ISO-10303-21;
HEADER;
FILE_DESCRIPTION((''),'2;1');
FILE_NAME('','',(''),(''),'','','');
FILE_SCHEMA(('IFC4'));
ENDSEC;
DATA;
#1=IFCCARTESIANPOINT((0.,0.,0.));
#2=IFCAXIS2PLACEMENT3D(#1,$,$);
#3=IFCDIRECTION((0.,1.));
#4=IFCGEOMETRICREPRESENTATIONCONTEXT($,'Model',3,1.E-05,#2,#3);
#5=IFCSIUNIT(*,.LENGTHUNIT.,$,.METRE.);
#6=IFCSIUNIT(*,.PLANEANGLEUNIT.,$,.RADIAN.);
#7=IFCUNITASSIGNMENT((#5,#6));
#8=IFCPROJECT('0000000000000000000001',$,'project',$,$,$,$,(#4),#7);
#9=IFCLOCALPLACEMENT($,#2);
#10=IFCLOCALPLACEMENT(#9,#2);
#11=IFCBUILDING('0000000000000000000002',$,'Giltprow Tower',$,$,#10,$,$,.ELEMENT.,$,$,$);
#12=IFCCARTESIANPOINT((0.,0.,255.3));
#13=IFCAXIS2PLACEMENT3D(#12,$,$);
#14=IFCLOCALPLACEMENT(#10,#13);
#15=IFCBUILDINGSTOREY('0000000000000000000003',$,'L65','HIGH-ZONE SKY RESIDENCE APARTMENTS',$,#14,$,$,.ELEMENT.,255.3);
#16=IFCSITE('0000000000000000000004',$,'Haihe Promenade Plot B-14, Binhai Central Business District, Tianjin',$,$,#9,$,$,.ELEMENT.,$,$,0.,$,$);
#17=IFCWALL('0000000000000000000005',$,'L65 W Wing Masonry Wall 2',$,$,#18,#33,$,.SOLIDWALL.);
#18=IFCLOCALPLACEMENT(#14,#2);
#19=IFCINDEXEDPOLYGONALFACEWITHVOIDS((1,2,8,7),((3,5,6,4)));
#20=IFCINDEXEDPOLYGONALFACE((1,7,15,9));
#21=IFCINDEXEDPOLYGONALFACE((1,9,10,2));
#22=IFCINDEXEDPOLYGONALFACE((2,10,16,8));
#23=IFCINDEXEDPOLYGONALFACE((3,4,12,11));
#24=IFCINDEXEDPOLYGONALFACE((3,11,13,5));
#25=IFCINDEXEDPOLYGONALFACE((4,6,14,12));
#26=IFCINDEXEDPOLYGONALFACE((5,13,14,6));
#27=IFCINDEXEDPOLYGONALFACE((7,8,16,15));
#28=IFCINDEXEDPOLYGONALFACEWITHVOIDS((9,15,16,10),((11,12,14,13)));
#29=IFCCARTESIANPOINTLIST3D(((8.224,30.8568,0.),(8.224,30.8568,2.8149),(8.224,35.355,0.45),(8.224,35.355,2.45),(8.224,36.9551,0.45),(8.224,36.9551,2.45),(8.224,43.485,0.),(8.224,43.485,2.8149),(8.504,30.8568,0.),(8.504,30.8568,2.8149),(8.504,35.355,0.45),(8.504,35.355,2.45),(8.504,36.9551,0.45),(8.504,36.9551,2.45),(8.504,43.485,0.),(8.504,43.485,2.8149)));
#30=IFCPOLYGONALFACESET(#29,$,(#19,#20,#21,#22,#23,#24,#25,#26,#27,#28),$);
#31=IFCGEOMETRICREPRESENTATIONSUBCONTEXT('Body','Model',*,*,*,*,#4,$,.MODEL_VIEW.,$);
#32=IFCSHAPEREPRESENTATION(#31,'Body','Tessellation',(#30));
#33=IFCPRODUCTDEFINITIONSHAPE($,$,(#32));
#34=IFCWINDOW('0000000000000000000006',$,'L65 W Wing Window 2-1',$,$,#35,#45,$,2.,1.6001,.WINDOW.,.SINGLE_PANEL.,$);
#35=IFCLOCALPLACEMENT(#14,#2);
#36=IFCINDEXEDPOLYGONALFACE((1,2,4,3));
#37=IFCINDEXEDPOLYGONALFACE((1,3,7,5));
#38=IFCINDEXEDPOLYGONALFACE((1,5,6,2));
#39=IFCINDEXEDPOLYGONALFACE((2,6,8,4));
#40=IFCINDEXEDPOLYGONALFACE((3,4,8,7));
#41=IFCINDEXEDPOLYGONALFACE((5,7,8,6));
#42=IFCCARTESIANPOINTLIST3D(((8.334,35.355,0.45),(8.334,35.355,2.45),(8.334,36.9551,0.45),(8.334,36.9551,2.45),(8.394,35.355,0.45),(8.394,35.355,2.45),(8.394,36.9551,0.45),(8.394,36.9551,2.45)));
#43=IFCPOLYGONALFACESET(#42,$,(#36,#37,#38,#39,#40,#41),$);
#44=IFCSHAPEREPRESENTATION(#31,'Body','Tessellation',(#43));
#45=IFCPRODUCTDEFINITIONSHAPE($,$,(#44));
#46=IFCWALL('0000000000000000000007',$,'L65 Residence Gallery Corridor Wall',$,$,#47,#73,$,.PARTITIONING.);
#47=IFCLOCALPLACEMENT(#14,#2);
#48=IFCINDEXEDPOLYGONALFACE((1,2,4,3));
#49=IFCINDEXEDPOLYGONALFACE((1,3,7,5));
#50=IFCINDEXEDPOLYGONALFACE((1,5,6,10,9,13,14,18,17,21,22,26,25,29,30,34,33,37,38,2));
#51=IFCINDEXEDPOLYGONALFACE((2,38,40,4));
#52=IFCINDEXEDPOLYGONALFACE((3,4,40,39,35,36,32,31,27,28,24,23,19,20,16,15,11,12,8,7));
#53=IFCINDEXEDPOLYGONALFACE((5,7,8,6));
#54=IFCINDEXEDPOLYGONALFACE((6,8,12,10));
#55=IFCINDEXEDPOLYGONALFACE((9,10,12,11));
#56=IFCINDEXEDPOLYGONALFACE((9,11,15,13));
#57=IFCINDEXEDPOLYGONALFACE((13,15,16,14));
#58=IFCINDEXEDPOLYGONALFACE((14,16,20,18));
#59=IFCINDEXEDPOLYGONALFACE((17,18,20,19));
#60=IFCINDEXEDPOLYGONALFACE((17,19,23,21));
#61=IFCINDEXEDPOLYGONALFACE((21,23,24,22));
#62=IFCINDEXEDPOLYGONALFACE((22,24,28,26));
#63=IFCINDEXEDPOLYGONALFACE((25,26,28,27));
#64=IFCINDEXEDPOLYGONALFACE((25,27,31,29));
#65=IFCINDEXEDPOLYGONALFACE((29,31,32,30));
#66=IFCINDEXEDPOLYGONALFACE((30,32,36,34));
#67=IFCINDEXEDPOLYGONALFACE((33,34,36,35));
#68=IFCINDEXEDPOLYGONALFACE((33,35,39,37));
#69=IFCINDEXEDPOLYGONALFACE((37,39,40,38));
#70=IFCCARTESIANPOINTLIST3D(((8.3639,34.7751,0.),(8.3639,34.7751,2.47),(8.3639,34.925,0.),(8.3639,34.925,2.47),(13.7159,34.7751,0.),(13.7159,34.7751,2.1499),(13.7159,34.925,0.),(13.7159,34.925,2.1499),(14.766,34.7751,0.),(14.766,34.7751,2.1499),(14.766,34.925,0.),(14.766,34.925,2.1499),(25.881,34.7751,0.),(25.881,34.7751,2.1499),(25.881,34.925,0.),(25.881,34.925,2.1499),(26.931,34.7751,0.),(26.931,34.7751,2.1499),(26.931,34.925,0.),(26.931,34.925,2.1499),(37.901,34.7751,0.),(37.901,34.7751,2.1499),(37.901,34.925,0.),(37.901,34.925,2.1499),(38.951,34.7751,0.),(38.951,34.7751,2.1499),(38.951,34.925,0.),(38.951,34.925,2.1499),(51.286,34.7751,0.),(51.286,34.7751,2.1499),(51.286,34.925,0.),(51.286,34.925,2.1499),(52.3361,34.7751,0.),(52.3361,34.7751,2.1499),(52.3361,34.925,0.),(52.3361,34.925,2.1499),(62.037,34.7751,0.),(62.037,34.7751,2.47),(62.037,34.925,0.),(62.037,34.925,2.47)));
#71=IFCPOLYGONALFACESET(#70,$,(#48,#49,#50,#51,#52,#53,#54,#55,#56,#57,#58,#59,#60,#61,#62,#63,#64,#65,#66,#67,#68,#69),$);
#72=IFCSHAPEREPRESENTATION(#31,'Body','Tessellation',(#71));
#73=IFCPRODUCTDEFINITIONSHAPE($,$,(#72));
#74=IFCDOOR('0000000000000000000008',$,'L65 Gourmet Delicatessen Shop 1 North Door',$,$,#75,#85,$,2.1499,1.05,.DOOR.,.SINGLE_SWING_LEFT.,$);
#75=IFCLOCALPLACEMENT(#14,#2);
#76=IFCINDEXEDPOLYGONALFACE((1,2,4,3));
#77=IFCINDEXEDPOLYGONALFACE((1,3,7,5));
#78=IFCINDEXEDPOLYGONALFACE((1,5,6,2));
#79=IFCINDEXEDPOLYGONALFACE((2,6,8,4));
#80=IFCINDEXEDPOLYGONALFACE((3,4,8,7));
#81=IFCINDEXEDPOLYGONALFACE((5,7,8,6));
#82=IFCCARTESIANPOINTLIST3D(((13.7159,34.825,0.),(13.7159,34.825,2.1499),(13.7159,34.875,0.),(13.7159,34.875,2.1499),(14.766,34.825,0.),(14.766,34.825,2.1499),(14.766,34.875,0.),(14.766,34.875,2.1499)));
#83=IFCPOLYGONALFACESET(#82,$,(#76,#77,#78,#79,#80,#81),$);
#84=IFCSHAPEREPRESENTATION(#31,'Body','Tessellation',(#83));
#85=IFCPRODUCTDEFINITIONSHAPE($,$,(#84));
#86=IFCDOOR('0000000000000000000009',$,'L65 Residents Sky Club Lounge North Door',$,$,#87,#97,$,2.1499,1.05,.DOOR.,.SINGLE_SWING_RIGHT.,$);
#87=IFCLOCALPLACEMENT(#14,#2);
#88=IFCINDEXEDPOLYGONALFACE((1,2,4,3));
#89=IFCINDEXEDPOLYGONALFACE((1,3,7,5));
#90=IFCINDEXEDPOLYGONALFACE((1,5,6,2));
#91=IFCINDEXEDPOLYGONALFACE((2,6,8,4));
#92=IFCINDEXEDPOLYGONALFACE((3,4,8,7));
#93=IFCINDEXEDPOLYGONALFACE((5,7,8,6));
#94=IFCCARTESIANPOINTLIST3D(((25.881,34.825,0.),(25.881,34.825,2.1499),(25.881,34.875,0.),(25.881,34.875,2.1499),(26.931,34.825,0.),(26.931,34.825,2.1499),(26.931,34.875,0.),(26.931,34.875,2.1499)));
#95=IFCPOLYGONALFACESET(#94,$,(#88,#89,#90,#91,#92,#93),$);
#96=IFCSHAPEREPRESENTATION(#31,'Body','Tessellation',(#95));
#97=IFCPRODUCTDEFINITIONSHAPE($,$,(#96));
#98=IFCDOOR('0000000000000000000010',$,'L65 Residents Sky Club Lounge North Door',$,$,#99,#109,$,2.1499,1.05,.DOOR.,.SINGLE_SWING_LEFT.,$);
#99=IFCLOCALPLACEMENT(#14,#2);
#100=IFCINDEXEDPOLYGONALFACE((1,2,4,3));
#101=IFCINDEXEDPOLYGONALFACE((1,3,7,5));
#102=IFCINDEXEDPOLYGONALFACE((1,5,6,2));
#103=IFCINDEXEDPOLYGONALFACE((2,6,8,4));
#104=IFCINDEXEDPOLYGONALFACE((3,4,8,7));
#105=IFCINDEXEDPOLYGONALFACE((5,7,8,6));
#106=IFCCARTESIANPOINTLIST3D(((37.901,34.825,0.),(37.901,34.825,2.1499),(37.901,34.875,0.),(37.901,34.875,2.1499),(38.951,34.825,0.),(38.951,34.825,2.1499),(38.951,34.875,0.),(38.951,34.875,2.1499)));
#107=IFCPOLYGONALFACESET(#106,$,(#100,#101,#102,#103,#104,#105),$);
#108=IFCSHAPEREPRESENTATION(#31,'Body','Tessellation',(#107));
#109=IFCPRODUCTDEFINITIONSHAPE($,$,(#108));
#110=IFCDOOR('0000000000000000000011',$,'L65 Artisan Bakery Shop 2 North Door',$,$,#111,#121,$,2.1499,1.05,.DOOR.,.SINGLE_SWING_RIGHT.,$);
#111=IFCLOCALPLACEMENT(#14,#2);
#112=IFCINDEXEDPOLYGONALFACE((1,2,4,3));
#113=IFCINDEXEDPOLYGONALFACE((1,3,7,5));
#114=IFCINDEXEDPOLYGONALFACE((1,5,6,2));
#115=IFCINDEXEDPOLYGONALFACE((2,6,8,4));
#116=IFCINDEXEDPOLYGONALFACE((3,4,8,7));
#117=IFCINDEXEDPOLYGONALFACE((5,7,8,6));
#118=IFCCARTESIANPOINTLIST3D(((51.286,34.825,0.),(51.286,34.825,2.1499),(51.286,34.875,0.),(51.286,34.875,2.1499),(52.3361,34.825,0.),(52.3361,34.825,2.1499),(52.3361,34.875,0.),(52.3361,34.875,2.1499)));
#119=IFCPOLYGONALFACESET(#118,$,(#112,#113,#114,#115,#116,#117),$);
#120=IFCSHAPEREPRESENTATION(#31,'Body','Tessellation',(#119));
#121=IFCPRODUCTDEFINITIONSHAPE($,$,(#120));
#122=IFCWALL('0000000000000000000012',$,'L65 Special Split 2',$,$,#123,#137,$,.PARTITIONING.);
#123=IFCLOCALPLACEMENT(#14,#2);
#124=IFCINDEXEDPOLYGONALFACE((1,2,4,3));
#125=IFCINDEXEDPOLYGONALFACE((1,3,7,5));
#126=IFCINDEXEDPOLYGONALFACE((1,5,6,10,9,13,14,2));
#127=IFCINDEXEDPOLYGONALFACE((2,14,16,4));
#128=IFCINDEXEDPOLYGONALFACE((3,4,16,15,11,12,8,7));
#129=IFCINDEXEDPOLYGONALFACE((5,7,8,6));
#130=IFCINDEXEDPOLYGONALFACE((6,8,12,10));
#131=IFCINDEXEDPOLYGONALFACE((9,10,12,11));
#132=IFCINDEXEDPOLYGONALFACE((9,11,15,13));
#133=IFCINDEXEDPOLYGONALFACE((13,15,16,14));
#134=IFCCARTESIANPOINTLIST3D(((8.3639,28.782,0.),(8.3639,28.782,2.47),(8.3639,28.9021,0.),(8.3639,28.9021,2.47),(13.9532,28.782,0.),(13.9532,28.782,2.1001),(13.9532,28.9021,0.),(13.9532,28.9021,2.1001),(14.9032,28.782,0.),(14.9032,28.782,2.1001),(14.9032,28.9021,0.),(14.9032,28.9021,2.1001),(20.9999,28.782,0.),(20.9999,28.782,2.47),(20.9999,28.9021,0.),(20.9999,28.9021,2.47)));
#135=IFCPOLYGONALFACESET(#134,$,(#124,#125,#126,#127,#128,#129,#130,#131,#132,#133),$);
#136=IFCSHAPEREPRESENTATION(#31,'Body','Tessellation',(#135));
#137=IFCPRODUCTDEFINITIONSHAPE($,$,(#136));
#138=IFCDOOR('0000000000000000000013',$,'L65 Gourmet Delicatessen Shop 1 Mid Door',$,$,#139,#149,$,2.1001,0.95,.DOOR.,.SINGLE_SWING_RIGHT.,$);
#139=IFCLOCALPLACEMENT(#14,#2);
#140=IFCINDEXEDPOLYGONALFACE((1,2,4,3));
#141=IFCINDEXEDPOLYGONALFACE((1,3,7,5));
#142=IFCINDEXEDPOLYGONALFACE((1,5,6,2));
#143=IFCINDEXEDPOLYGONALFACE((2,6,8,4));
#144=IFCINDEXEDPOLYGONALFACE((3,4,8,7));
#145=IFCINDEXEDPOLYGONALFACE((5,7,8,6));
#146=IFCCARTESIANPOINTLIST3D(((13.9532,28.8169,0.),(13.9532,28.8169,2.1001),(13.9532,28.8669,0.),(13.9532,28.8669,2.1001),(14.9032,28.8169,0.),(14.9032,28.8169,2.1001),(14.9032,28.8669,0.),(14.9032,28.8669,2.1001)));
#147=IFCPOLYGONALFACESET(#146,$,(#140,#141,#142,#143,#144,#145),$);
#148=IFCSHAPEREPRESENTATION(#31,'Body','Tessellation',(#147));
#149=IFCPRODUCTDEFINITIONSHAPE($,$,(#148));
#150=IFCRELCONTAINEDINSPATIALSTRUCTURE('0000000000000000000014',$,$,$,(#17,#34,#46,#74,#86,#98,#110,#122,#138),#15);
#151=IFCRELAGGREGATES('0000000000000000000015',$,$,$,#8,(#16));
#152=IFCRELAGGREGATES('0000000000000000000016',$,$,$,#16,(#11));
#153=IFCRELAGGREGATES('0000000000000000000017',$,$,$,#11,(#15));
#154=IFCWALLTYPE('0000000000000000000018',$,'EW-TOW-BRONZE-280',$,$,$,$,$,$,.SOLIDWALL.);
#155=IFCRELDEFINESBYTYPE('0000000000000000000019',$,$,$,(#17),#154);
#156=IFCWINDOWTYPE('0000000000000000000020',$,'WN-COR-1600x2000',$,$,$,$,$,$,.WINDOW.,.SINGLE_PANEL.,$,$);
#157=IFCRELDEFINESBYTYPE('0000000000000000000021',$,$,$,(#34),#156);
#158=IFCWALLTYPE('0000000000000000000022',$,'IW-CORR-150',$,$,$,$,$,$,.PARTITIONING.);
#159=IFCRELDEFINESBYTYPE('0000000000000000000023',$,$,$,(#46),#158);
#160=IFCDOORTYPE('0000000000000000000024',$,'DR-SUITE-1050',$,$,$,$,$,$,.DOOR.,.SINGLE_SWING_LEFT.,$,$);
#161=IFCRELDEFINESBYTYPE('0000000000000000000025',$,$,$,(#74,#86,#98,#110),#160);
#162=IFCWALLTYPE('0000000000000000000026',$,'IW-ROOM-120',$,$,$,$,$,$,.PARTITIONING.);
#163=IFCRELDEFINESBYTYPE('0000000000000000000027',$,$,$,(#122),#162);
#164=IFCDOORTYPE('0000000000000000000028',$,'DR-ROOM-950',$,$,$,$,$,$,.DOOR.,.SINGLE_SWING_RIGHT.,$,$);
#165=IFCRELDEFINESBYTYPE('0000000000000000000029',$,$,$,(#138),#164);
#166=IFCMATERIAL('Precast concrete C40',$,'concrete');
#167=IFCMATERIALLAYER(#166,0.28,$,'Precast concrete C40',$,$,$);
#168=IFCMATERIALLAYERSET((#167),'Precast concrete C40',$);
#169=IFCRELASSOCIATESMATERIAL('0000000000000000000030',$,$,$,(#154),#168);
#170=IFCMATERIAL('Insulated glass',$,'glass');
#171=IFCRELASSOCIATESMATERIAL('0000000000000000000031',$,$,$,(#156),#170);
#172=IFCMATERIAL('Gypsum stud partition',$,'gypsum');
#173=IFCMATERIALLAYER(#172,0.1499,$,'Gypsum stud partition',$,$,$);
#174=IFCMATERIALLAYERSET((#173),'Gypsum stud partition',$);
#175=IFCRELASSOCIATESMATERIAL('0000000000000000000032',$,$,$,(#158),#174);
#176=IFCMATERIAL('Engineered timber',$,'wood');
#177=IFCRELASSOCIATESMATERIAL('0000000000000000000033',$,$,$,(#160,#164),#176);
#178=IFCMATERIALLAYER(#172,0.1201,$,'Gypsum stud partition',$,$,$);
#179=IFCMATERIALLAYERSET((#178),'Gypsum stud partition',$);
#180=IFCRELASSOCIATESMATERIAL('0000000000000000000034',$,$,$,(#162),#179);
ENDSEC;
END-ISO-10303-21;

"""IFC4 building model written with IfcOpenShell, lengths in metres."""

from ifc_helpers import new_model, si_unit, direction, frame, frame_2d, origin, place, context, subcontext, project, spatial, rectangle, extrude, source, transform, mapped, material, layer, layer_set, type_object, element, fill, save


model = new_model("IFC4")

# Units and contexts
model_context = context("Model", 3, precision=1e-05, world=origin(), true_north=direction((0.0, 1.0)))
body_context = subcontext(model_context, "Body", "Model", "MODEL_VIEW")
ifc_project = project(units=[si_unit("LENGTHUNIT", "METRE"), si_unit("PLANEANGLEUNIT", "RADIAN")], contexts=[model_context])

# Site, building, storey
site_placement = place(None, origin())
site = spatial("IfcSite", under=ifc_project, at=site_placement, Name="Haihe Promenade Plot B-14, Binhai Central Business District, Tianjin", CompositionType="ELEMENT", RefElevation=0.0)
building_placement = place(site_placement, origin())
building = spatial("IfcBuilding", under=site, at=building_placement, Name="Giltprow Tower", CompositionType="ELEMENT")
storey_placement = place(building_placement, frame((0.0, 0.0, 255.3)))
storey = spatial("IfcBuildingStorey", under=building, at=storey_placement, Name="L65", Description="HIGH-ZONE SKY RESIDENCE APARTMENTS", CompositionType="ELEMENT", Elevation=255.3)

# Wall, opening, window
ifc_material_1 = material(Name="Precast concrete C40", Category="concrete")
ifc_layer_1 = layer(ifc_material_1, 0.28, Name="Precast concrete C40")
ifc_layer_set_1 = layer_set([ifc_layer_1], Name="Precast concrete C40")
wall_type_1 = type_object("IfcWallType", Name="EW-TOW-BRONZE-280", PredefinedType="SOLIDWALL", material=ifc_layer_set_1)
wall_1_placement = place(storey_placement, frame((8.364, 30.8569, 0.0), z_axis=(0.0, 0.0, 1.0), x_axis=(0.0, 1.0, 0.0)))
wall_1 = element("IfcWall", 1, at=wall_1_placement, inside=storey, type_object=wall_type_1, Name="L65 W Wing Masonry Wall 2", PredefinedType="SOLIDWALL", context=body_context, shape_type="SweptSolid", body=[
    extrude(rectangle(XDim=12.6282, YDim=0.28, at=frame_2d((6.314, 0.0))), origin(), (0.0, 0.0, 1.0), 2.8149),
])
opening_1_placement = place(wall_1_placement, frame((4.498, 0.0, 0.45)))
opening_1 = element("IfcOpeningElement", 2, at=opening_1_placement, cuts=wall_1, PredefinedType="OPENING", context=body_context, shape_type="SweptSolid", body=[
    extrude(rectangle(XDim=1.6001, YDim=2.0, at=frame_2d((0.8, 1.0))), frame((0.0, 0.1499, 0.0), z_axis=(0.0, -1.0, 0.0), x_axis=(1.0, 0.0, 0.0)), (0.0, 0.0, 1.0), 0.3),
])
ifc_material_2 = material(Name="Insulated glass", Category="glass")
window_type = type_object("IfcWindowType", Name="WN-COR-1600x2000", PartitioningType="SINGLE_PANEL", PredefinedType="WINDOW", material=ifc_material_2)
shared_shape_1 = source(origin(), body_context, "Body", "SweptSolid", [
    extrude(rectangle(XDim=1.6001, YDim=2.0, at=frame_2d((0.8, 1.0))), frame((0.0, 0.03, 0.0), z_axis=(0.0, -1.0, 0.0), x_axis=(1.0, 0.0, 0.0)), (0.0, 0.0, 1.0), 0.0601),
])
window_placement = place(opening_1_placement, origin())
window = element("IfcWindow", 3, at=window_placement, inside=storey, type_object=window_type, Name="L65 W Wing Window 2-1", OverallHeight=2.0, OverallWidth=1.6001, PartitioningType="SINGLE_PANEL", PredefinedType="WINDOW", context=body_context, shape_type="MappedRepresentation", body=[
    mapped(shared_shape_1, transform((0.0, 0.0, 0.0), x_axis=(1.0, 0.0, 0.0), y_axis=(0.0, 1.0, 0.0), z_axis=(0.0, 0.0, 1.0), scale=1.0)),
])
fill(opening_1, window)

# Wall, openings, doors
ifc_material_3 = material(Name="Gypsum stud partition", Category="gypsum")
ifc_layer_2 = layer(ifc_material_3, 0.1499, Name="Gypsum stud partition")
ifc_layer_set_2 = layer_set([ifc_layer_2], Name="Gypsum stud partition")
wall_type_2 = type_object("IfcWallType", Name="IW-CORR-150", PredefinedType="PARTITIONING", material=ifc_layer_set_2)
wall_2_placement = place(storey_placement, frame((8.364, 34.8501, 0.0), z_axis=(0.0, 0.0, 1.0), x_axis=(1.0, 0.0, 0.0)))
wall_2 = element("IfcWall", 4, at=wall_2_placement, inside=storey, type_object=wall_type_2, Name="L65 Residence Gallery Corridor Wall", PredefinedType="PARTITIONING", context=body_context, shape_type="SweptSolid", body=[
    extrude(rectangle(XDim=53.6731, YDim=0.1499, at=frame_2d((26.8364, 0.0))), origin(), (0.0, 0.0, 1.0), 2.47),
])
opening_2_placement = place(wall_2_placement, frame((5.3521, 0.0, 0.0)))
opening_2 = element("IfcOpeningElement", 5, at=opening_2_placement, cuts=wall_2, PredefinedType="OPENING", context=body_context, shape_type="SweptSolid", body=[
    extrude(rectangle(XDim=1.05, YDim=2.1499, at=frame_2d((0.5249, 1.075))), frame((0.0, 0.085, 0.0), z_axis=(0.0, -1.0, 0.0), x_axis=(1.0, 0.0, 0.0)), (0.0, 0.0, 1.0), 0.1699),
])
opening_3_placement = place(wall_2_placement, frame((17.5171, 0.0, 0.0)))
opening_3 = element("IfcOpeningElement", 6, at=opening_3_placement, cuts=wall_2, PredefinedType="OPENING", context=body_context, shape_type="SweptSolid", body=[
    extrude(rectangle(XDim=1.05, YDim=2.1499, at=frame_2d((0.5249, 1.075))), frame((0.0, 0.085, 0.0), z_axis=(0.0, -1.0, 0.0), x_axis=(1.0, 0.0, 0.0)), (0.0, 0.0, 1.0), 0.1699),
])
opening_4_placement = place(wall_2_placement, frame((29.5371, 0.0, 0.0)))
opening_4 = element("IfcOpeningElement", 7, at=opening_4_placement, cuts=wall_2, PredefinedType="OPENING", context=body_context, shape_type="SweptSolid", body=[
    extrude(rectangle(XDim=1.05, YDim=2.1499, at=frame_2d((0.5249, 1.075))), frame((0.0, 0.085, 0.0), z_axis=(0.0, -1.0, 0.0), x_axis=(1.0, 0.0, 0.0)), (0.0, 0.0, 1.0), 0.1699),
])
opening_5_placement = place(wall_2_placement, frame((42.9221, 0.0, 0.0)))
opening_5 = element("IfcOpeningElement", 8, at=opening_5_placement, cuts=wall_2, PredefinedType="OPENING", context=body_context, shape_type="SweptSolid", body=[
    extrude(rectangle(XDim=1.05, YDim=2.1499, at=frame_2d((0.5249, 1.075))), frame((0.0, 0.085, 0.0), z_axis=(0.0, -1.0, 0.0), x_axis=(1.0, 0.0, 0.0)), (0.0, 0.0, 1.0), 0.1699),
])
ifc_material_4 = material(Name="Engineered timber", Category="wood")
door_type_1 = type_object("IfcDoorType", Name="DR-SUITE-1050", OperationType="SINGLE_SWING_LEFT", PredefinedType="DOOR", material=ifc_material_4)
shared_shape_2 = source(origin(), body_context, "Body", "SweptSolid", [
    extrude(rectangle(XDim=1.05, YDim=2.1499, at=frame_2d((0.5249, 1.075))), frame((0.0, 0.0249, 0.0), z_axis=(0.0, -1.0, 0.0), x_axis=(1.0, 0.0, 0.0)), (0.0, 0.0, 1.0), 0.05),
])
door_1_placement = place(opening_2_placement, origin())
door_1 = element("IfcDoor", 9, at=door_1_placement, inside=storey, type_object=door_type_1, Name="L65 Gourmet Delicatessen Shop 1 North Door", OperationType="SINGLE_SWING_LEFT", OverallHeight=2.1499, OverallWidth=1.05, PredefinedType="DOOR", context=body_context, shape_type="MappedRepresentation", body=[
    mapped(shared_shape_2, transform((0.0, 0.0, 0.0), x_axis=(1.0, 0.0, 0.0), y_axis=(0.0, 1.0, 0.0), z_axis=(0.0, 0.0, 1.0), scale=1.0)),
])
fill(opening_2, door_1)
door_2_placement = place(opening_3_placement, origin())
door_2 = element("IfcDoor", 10, at=door_2_placement, inside=storey, type_object=door_type_1, Name="L65 Residents Sky Club Lounge North Door", OperationType="SINGLE_SWING_RIGHT", OverallHeight=2.1499, OverallWidth=1.05, PredefinedType="DOOR", context=body_context, shape_type="MappedRepresentation", body=[
    mapped(shared_shape_2, transform((0.0, 0.0, 0.0), x_axis=(1.0, 0.0, 0.0), y_axis=(0.0, 1.0, 0.0), z_axis=(0.0, 0.0, 1.0), scale=1.0)),
])
fill(opening_3, door_2)
door_3_placement = place(opening_4_placement, origin())
door_3 = element("IfcDoor", 11, at=door_3_placement, inside=storey, type_object=door_type_1, Name="L65 Residents Sky Club Lounge North Door", OperationType="SINGLE_SWING_LEFT", OverallHeight=2.1499, OverallWidth=1.05, PredefinedType="DOOR", context=body_context, shape_type="MappedRepresentation", body=[
    mapped(shared_shape_2, transform((0.0, 0.0, 0.0), x_axis=(1.0, 0.0, 0.0), y_axis=(0.0, 1.0, 0.0), z_axis=(0.0, 0.0, 1.0), scale=1.0)),
])
fill(opening_4, door_3)
door_4_placement = place(opening_5_placement, origin())
door_4 = element("IfcDoor", 12, at=door_4_placement, inside=storey, type_object=door_type_1, Name="L65 Artisan Bakery Shop 2 North Door", OperationType="SINGLE_SWING_RIGHT", OverallHeight=2.1499, OverallWidth=1.05, PredefinedType="DOOR", context=body_context, shape_type="MappedRepresentation", body=[
    mapped(shared_shape_2, transform((0.0, 0.0, 0.0), x_axis=(1.0, 0.0, 0.0), y_axis=(0.0, 1.0, 0.0), z_axis=(0.0, 0.0, 1.0), scale=1.0)),
])
fill(opening_5, door_4)

# Wall, opening, door
ifc_layer_3 = layer(ifc_material_3, 0.1201, Name="Gypsum stud partition")
ifc_layer_set_3 = layer_set([ifc_layer_3], Name="Gypsum stud partition")
wall_type_3 = type_object("IfcWallType", Name="IW-ROOM-120", PredefinedType="PARTITIONING", material=ifc_layer_set_3)
wall_3_placement = place(storey_placement, frame((8.364, 28.842, 0.0), z_axis=(0.0, 0.0, 1.0), x_axis=(1.0, 0.0, 0.0)))
wall_3 = element("IfcWall", 13, at=wall_3_placement, inside=storey, type_object=wall_type_3, Name="L65 Special Split 2", PredefinedType="PARTITIONING", context=body_context, shape_type="SweptSolid", body=[
    extrude(rectangle(XDim=12.636, YDim=0.1201, at=frame_2d((6.3179, 0.0))), origin(), (0.0, 0.0, 1.0), 2.47),
])
opening_6_placement = place(wall_3_placement, frame((5.5891, 0.0, 0.0)))
opening_6 = element("IfcOpeningElement", 14, at=opening_6_placement, cuts=wall_3, PredefinedType="OPENING", context=body_context, shape_type="SweptSolid", body=[
    extrude(rectangle(XDim=0.95, YDim=2.1001, at=frame_2d((0.4751, 1.05))), frame((0.0, 0.0701, 0.0), z_axis=(0.0, -1.0, 0.0), x_axis=(1.0, 0.0, 0.0)), (0.0, 0.0, 1.0), 0.1401),
])
door_type_2 = type_object("IfcDoorType", Name="DR-ROOM-950", OperationType="SINGLE_SWING_RIGHT", PredefinedType="DOOR", material=ifc_material_4)
shared_shape_3 = source(origin(), body_context, "Body", "SweptSolid", [
    extrude(rectangle(XDim=0.95, YDim=2.1001, at=frame_2d((0.4751, 1.05))), frame((0.0, 0.0249, 0.0), z_axis=(0.0, -1.0, 0.0), x_axis=(1.0, 0.0, 0.0)), (0.0, 0.0, 1.0), 0.05),
])
door_5_placement = place(opening_6_placement, origin())
door_5 = element("IfcDoor", 15, at=door_5_placement, inside=storey, type_object=door_type_2, Name="L65 Gourmet Delicatessen Shop 1 Mid Door", OperationType="SINGLE_SWING_RIGHT", OverallHeight=2.1001, OverallWidth=0.95, PredefinedType="DOOR", context=body_context, shape_type="MappedRepresentation", body=[
    mapped(shared_shape_3, transform((0.0, 0.0, 0.0), x_axis=(1.0, 0.0, 0.0), y_axis=(0.0, 1.0, 0.0), z_axis=(0.0, 0.0, 1.0), scale=1.0)),
])
fill(opening_6, door_5)

save(model, "model.ifc")
